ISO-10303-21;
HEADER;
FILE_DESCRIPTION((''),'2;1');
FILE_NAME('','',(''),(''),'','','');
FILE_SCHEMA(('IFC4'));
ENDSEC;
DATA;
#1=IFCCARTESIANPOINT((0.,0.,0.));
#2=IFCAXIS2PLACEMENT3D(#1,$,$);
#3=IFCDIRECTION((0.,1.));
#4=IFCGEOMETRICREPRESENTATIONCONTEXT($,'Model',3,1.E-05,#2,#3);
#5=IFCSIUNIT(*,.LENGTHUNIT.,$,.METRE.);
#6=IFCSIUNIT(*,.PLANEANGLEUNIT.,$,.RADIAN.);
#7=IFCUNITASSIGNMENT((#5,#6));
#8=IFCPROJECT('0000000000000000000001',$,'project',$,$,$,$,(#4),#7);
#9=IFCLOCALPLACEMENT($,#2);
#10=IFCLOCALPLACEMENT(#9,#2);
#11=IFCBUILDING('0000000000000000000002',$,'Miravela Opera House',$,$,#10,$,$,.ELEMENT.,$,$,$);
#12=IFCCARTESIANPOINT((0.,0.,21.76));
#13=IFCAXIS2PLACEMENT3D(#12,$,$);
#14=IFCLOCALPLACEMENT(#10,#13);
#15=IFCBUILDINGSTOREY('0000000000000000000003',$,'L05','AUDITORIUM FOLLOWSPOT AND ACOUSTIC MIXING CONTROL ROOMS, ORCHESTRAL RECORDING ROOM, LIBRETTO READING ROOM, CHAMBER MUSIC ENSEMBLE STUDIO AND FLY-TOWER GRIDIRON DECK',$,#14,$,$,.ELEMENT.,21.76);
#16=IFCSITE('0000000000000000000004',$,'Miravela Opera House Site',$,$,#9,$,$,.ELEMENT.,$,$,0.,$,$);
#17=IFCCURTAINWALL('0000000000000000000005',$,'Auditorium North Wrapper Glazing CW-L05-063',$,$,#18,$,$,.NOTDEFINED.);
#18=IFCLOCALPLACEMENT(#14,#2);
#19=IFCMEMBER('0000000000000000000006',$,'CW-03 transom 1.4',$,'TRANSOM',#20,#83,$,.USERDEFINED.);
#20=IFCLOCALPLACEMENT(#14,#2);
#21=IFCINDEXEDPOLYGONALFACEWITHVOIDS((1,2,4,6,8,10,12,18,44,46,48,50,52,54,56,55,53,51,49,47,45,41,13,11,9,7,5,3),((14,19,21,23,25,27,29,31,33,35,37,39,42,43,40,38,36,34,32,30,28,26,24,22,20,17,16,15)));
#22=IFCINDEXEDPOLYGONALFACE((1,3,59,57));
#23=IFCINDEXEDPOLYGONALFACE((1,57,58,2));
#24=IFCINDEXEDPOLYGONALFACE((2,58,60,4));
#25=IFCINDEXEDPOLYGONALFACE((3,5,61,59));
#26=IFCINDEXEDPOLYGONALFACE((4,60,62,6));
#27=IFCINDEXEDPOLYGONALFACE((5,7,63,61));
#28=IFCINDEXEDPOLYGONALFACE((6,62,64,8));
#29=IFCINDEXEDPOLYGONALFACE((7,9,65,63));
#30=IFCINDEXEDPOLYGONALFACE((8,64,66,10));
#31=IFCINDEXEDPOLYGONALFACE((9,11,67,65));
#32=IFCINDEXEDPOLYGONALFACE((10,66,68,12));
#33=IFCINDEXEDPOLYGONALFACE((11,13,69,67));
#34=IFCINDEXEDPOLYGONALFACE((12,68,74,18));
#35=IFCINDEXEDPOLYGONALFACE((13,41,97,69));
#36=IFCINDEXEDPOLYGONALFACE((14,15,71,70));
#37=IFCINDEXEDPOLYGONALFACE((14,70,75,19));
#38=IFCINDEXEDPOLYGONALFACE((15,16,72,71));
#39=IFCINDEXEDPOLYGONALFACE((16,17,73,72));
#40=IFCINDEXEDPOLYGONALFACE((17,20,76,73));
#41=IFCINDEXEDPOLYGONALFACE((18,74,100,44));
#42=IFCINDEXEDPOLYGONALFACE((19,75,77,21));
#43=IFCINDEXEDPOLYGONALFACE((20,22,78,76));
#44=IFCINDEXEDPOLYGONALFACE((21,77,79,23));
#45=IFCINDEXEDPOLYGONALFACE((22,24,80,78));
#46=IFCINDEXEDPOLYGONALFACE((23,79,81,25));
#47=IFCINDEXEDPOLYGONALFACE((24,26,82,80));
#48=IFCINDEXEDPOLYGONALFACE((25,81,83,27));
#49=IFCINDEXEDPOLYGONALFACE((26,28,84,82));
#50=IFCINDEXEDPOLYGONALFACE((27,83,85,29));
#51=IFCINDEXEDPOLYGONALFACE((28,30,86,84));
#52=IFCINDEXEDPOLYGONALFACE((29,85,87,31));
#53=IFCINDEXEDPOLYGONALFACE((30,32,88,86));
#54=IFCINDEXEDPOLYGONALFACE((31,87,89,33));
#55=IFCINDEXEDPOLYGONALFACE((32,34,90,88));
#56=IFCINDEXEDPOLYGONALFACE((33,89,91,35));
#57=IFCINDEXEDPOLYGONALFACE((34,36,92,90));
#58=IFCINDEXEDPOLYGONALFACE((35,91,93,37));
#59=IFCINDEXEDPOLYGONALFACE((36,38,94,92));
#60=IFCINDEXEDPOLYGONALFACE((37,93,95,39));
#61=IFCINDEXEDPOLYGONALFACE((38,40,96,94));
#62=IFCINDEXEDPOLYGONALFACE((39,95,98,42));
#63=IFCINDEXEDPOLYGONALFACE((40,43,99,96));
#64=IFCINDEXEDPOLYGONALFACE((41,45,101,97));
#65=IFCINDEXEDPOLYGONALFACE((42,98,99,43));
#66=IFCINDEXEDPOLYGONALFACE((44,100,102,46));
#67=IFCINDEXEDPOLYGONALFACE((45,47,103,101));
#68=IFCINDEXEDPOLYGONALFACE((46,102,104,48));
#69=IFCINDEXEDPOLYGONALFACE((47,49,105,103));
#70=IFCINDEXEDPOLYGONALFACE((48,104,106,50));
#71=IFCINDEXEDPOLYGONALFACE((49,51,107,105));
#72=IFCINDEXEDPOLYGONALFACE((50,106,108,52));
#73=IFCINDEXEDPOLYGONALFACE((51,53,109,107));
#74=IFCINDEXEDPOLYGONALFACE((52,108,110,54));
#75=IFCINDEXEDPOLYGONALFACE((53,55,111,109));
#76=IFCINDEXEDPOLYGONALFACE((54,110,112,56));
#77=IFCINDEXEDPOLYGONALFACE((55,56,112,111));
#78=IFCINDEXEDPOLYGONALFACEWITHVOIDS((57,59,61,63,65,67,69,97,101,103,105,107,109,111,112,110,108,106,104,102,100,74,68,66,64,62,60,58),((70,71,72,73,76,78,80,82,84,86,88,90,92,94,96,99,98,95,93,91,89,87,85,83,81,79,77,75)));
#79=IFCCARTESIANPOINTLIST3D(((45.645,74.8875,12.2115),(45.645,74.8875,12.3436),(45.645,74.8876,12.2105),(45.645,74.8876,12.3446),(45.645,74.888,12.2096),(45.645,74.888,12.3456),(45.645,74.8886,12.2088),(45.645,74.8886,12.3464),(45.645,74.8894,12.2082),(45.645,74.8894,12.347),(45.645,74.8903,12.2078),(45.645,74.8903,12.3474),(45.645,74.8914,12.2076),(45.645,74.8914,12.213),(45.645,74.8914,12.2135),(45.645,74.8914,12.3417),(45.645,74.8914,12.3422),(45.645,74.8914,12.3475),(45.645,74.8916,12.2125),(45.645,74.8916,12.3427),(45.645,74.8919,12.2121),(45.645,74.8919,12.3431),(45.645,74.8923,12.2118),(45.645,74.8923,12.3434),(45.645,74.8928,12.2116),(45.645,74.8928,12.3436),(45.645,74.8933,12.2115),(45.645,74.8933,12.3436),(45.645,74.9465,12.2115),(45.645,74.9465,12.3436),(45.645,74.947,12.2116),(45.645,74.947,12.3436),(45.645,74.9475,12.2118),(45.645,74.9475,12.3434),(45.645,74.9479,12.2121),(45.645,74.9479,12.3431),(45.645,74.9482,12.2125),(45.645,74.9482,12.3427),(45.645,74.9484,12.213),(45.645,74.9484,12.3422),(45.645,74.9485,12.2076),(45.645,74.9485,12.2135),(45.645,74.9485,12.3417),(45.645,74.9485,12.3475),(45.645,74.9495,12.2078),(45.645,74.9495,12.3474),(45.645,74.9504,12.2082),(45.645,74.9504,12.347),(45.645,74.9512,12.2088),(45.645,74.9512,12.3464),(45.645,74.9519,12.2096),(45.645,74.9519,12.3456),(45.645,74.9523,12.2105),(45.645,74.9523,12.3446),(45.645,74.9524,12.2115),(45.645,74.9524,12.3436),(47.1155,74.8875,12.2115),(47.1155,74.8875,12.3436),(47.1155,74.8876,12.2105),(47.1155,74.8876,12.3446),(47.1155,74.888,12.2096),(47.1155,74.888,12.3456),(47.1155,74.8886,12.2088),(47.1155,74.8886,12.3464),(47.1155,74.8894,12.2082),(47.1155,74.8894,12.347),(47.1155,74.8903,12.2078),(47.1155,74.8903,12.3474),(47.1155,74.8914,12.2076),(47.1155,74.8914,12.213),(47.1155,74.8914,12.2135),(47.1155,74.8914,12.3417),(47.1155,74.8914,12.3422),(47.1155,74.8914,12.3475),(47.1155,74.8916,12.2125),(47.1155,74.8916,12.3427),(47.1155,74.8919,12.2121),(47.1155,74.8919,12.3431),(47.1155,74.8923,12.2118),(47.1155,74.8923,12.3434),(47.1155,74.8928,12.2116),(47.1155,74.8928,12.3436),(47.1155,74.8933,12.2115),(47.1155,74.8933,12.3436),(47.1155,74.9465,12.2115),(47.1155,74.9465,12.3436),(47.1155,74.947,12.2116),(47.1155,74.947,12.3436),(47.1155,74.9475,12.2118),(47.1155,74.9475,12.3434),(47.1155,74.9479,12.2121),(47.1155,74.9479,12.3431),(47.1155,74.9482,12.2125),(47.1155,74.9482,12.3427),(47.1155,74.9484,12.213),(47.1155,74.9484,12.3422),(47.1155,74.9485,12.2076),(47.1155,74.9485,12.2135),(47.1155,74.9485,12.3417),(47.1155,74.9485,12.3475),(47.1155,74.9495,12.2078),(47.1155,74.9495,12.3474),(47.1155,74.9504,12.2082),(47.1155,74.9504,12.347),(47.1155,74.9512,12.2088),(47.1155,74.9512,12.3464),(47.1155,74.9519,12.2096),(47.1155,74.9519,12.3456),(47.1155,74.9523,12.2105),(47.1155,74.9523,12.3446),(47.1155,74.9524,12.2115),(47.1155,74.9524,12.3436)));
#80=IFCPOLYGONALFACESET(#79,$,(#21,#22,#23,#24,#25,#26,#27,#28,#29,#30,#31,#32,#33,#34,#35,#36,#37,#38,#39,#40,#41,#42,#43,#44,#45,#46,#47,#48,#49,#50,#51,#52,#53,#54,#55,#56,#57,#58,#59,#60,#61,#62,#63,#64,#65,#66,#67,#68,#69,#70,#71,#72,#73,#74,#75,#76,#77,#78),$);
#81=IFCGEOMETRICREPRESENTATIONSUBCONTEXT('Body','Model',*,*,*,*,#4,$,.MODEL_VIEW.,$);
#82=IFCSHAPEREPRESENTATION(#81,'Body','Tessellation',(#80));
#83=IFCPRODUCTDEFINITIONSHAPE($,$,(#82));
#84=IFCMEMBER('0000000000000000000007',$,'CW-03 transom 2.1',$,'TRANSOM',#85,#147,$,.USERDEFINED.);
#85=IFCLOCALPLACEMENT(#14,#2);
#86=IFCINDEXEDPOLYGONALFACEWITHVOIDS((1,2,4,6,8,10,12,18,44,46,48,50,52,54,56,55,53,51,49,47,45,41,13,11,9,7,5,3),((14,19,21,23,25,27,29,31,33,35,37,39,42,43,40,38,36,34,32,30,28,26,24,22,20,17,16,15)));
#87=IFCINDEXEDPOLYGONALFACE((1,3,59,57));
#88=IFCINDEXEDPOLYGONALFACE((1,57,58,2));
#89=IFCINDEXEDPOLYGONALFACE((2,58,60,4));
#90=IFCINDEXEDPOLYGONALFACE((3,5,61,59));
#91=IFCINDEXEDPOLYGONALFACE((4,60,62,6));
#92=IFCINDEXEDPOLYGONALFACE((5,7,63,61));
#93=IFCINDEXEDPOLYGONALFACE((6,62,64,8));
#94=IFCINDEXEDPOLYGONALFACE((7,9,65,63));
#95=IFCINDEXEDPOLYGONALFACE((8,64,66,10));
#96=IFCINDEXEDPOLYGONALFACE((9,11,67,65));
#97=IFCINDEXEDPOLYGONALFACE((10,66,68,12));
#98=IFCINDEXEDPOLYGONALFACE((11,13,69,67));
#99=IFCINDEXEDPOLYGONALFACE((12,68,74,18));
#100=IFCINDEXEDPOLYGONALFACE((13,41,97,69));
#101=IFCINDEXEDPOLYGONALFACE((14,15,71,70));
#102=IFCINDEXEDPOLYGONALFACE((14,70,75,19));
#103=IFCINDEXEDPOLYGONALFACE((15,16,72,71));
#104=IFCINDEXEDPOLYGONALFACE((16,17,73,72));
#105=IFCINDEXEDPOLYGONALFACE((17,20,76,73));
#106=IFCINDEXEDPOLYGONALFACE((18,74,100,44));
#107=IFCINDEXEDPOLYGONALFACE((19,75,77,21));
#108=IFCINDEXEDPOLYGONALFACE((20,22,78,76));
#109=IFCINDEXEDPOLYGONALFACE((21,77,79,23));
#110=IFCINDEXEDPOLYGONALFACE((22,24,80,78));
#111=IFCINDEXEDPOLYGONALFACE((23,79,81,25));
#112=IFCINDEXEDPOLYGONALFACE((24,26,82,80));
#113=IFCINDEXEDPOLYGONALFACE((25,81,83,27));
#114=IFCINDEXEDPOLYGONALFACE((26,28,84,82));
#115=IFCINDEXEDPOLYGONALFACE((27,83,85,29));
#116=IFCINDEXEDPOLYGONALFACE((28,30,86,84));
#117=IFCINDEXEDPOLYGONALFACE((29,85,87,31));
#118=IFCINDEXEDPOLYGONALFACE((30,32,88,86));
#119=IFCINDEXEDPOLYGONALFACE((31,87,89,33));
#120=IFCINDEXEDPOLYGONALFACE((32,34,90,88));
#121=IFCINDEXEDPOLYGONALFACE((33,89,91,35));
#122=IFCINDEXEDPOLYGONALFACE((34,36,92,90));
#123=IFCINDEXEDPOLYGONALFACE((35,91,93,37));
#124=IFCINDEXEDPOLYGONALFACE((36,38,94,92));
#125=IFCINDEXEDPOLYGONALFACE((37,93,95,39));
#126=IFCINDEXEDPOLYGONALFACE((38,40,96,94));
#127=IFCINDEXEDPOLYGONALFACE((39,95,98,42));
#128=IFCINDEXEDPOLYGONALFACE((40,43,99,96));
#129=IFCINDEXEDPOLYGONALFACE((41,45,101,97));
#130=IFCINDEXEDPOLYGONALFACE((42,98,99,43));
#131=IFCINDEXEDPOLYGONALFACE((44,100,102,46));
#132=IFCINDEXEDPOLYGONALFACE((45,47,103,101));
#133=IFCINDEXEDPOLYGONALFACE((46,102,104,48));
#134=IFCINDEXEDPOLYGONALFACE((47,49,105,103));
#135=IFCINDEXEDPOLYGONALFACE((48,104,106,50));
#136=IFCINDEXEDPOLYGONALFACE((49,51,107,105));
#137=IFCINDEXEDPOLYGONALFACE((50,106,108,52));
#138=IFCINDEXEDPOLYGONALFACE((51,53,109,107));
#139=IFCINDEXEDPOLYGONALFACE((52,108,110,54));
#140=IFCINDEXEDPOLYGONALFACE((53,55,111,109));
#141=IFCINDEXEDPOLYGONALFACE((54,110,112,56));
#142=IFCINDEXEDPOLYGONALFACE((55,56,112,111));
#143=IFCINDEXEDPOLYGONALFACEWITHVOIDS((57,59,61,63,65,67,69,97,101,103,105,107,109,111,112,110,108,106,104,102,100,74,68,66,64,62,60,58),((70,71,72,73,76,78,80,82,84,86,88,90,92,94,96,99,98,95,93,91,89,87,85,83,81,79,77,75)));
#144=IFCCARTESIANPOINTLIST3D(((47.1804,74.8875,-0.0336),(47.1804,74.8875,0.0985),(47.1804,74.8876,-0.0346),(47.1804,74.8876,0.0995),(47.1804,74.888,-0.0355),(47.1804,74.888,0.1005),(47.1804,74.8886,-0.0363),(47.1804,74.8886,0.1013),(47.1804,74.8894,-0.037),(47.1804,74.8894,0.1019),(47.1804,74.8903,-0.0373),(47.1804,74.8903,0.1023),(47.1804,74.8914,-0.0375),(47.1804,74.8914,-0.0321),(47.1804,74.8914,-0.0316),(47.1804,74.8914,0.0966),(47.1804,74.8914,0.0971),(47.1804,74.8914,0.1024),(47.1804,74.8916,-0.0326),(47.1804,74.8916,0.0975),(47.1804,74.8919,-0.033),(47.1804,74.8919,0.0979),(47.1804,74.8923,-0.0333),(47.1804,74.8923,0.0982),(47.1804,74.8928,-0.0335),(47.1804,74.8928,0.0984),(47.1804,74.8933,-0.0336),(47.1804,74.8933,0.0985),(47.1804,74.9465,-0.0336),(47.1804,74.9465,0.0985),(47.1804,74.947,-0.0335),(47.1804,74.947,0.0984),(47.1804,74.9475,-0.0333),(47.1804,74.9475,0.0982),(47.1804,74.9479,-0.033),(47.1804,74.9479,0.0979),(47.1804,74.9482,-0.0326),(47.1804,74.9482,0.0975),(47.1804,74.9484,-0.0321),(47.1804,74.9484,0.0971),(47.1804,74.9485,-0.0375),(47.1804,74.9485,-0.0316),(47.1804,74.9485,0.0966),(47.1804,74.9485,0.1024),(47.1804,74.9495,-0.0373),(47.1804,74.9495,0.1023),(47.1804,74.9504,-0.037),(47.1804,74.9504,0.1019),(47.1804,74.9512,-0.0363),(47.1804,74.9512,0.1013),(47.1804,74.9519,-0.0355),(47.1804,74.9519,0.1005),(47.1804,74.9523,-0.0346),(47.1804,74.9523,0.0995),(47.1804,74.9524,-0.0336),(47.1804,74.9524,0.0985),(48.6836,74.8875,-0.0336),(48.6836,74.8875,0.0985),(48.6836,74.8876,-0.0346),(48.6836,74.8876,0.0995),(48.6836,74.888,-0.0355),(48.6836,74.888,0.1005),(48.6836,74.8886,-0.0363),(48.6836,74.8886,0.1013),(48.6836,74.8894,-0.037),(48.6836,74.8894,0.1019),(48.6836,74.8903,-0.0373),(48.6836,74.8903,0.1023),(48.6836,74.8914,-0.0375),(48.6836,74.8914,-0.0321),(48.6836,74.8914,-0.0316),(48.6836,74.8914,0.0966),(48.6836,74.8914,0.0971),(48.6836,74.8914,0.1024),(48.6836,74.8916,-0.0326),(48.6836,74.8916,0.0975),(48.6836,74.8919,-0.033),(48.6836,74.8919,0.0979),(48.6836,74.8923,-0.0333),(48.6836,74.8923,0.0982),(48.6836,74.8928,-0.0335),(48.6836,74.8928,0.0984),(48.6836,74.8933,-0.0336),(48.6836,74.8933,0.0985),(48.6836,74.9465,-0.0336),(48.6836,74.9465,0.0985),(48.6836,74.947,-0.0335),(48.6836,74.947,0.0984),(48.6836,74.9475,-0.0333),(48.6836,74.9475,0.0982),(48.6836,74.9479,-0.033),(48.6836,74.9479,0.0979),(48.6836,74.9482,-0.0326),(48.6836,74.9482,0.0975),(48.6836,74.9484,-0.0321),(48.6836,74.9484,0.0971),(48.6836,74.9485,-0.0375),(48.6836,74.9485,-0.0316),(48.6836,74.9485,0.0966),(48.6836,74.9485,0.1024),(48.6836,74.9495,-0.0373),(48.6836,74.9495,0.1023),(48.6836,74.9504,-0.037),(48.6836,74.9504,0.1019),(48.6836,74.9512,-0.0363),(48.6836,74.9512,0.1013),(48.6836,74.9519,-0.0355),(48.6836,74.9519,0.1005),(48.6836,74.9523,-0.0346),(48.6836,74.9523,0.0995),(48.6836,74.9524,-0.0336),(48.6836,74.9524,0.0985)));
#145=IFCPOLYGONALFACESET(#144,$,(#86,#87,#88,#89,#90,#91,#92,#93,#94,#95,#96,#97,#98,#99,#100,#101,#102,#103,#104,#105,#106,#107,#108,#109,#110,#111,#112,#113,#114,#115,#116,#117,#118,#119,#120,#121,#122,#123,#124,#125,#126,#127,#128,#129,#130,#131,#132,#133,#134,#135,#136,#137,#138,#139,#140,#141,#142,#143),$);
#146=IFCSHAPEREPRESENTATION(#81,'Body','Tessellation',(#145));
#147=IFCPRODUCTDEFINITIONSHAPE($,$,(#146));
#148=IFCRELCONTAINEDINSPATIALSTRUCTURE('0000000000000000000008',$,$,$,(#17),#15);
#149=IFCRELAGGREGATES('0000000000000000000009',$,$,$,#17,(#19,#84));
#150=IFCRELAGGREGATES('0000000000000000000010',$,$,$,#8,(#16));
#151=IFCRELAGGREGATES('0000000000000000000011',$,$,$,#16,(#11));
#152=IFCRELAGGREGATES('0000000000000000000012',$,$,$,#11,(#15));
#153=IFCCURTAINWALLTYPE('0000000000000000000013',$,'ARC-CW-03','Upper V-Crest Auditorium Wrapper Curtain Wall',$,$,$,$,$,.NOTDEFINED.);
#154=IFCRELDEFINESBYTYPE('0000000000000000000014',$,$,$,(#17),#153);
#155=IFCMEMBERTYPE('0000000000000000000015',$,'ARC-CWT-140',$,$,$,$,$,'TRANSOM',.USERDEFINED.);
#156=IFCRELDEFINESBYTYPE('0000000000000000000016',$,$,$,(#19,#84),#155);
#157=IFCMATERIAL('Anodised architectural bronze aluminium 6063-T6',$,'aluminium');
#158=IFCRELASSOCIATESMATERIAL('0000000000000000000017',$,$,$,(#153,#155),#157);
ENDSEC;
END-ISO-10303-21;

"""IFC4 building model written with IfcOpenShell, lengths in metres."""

from ifc_helpers import new_model, si_unit, direction, frame, origin, origin_2d, place, context, subcontext, project, spatial, hollow_rectangle, extrude, material, material_profile, profile_set, type_object, element, aggregate, save


model = new_model("IFC4")

# Units and contexts
model_context = context("Model", 3, precision=1e-05, world=origin(), true_north=direction((0.0, 1.0)))
body_context = subcontext(model_context, "Body", "Model", "MODEL_VIEW")
ifc_project = project(units=[si_unit("LENGTHUNIT", "METRE"), si_unit("PLANEANGLEUNIT", "RADIAN")], contexts=[model_context])

# Site, building, storey
site_placement = place(None, origin())
site = spatial("IfcSite", under=ifc_project, at=site_placement, Name="Miravela Opera House Site", CompositionType="ELEMENT", RefElevation=0.0)
building_placement = place(site_placement, origin())
building = spatial("IfcBuilding", under=site, at=building_placement, Name="Miravela Opera House", CompositionType="ELEMENT")
storey_placement = place(building_placement, frame((0.0, 0.0, 21.76)))
storey = spatial("IfcBuildingStorey", under=building, at=storey_placement, Name="L05", Description="AUDITORIUM FOLLOWSPOT AND ACOUSTIC MIXING CONTROL ROOMS, ORCHESTRAL RECORDING ROOM, LIBRETTO READING ROOM, CHAMBER MUSIC ENSEMBLE STUDIO AND FLY-TOWER GRIDIRON DECK", CompositionType="ELEMENT", Elevation=21.76)

# Curtain wall, members
ifc_material_1 = material(Name="Anodised architectural bronze aluminium 6063-T6", Category="aluminium")
curtain_wall_type = type_object("IfcCurtainWallType", Name="ARC-CW-03", Description="Upper V-Crest Auditorium Wrapper Curtain Wall", PredefinedType="NOTDEFINED", material=ifc_material_1)
curtain_wall_placement = place(storey_placement, origin())
curtain_wall = element("IfcCurtainWall", 1, at=curtain_wall_placement, inside=storey, type_object=curtain_wall_type, Name="Auditorium North Wrapper Glazing CW-L05-063", PredefinedType="NOTDEFINED")
ifc_material_profile_1 = material_profile(ifc_material_1, hollow_rectangle(XDim=0.0649, YDim=0.1399, WallThickness=0.0039, InnerFilletRadius=0.002, OuterFilletRadius=0.0039, at=origin_2d()), Name="CWT-65X140")
ifc_profile_set_1 = profile_set([ifc_material_profile_1])
member_type_1 = type_object("IfcMemberType", Name="ARC-CWT-140", ElementType="TRANSOM", PredefinedType="USERDEFINED", material=ifc_profile_set_1)
member_1_placement = place(storey_placement, frame((45.645, 74.9199, 12.2776), z_axis=(1.0, 0.0, 0.0), x_axis=(0.0, 1.0, 0.0)))
member_1 = element("IfcMember", 2, at=member_1_placement, type_object=member_type_1, Name="CW-03 transom 1.4", ObjectType="TRANSOM", PredefinedType="USERDEFINED", context=body_context, shape_type="SweptSolid", body=[
    extrude(hollow_rectangle(XDim=0.0649, YDim=0.1399, WallThickness=0.0039, InnerFilletRadius=0.002, OuterFilletRadius=0.0039, at=origin_2d()), origin(), (0.0, 0.0, 1.0), 1.4705),
])
member_2_placement = place(storey_placement, frame((47.1804, 74.9199, 0.0325), z_axis=(1.0, 0.0, 0.0), x_axis=(0.0, 1.0, 0.0)))
member_2 = element("IfcMember", 3, at=member_2_placement, type_object=member_type_1, Name="CW-03 transom 2.1", ObjectType="TRANSOM", PredefinedType="USERDEFINED", context=body_context, shape_type="SweptSolid", body=[
    extrude(hollow_rectangle(XDim=0.0649, YDim=0.1399, WallThickness=0.0039, InnerFilletRadius=0.002, OuterFilletRadius=0.0039, at=origin_2d()), origin(), (0.0, 0.0, 1.0), 1.5032),
])

aggregate(curtain_wall, [member_1, member_2])

save(model, "model.ifc")
